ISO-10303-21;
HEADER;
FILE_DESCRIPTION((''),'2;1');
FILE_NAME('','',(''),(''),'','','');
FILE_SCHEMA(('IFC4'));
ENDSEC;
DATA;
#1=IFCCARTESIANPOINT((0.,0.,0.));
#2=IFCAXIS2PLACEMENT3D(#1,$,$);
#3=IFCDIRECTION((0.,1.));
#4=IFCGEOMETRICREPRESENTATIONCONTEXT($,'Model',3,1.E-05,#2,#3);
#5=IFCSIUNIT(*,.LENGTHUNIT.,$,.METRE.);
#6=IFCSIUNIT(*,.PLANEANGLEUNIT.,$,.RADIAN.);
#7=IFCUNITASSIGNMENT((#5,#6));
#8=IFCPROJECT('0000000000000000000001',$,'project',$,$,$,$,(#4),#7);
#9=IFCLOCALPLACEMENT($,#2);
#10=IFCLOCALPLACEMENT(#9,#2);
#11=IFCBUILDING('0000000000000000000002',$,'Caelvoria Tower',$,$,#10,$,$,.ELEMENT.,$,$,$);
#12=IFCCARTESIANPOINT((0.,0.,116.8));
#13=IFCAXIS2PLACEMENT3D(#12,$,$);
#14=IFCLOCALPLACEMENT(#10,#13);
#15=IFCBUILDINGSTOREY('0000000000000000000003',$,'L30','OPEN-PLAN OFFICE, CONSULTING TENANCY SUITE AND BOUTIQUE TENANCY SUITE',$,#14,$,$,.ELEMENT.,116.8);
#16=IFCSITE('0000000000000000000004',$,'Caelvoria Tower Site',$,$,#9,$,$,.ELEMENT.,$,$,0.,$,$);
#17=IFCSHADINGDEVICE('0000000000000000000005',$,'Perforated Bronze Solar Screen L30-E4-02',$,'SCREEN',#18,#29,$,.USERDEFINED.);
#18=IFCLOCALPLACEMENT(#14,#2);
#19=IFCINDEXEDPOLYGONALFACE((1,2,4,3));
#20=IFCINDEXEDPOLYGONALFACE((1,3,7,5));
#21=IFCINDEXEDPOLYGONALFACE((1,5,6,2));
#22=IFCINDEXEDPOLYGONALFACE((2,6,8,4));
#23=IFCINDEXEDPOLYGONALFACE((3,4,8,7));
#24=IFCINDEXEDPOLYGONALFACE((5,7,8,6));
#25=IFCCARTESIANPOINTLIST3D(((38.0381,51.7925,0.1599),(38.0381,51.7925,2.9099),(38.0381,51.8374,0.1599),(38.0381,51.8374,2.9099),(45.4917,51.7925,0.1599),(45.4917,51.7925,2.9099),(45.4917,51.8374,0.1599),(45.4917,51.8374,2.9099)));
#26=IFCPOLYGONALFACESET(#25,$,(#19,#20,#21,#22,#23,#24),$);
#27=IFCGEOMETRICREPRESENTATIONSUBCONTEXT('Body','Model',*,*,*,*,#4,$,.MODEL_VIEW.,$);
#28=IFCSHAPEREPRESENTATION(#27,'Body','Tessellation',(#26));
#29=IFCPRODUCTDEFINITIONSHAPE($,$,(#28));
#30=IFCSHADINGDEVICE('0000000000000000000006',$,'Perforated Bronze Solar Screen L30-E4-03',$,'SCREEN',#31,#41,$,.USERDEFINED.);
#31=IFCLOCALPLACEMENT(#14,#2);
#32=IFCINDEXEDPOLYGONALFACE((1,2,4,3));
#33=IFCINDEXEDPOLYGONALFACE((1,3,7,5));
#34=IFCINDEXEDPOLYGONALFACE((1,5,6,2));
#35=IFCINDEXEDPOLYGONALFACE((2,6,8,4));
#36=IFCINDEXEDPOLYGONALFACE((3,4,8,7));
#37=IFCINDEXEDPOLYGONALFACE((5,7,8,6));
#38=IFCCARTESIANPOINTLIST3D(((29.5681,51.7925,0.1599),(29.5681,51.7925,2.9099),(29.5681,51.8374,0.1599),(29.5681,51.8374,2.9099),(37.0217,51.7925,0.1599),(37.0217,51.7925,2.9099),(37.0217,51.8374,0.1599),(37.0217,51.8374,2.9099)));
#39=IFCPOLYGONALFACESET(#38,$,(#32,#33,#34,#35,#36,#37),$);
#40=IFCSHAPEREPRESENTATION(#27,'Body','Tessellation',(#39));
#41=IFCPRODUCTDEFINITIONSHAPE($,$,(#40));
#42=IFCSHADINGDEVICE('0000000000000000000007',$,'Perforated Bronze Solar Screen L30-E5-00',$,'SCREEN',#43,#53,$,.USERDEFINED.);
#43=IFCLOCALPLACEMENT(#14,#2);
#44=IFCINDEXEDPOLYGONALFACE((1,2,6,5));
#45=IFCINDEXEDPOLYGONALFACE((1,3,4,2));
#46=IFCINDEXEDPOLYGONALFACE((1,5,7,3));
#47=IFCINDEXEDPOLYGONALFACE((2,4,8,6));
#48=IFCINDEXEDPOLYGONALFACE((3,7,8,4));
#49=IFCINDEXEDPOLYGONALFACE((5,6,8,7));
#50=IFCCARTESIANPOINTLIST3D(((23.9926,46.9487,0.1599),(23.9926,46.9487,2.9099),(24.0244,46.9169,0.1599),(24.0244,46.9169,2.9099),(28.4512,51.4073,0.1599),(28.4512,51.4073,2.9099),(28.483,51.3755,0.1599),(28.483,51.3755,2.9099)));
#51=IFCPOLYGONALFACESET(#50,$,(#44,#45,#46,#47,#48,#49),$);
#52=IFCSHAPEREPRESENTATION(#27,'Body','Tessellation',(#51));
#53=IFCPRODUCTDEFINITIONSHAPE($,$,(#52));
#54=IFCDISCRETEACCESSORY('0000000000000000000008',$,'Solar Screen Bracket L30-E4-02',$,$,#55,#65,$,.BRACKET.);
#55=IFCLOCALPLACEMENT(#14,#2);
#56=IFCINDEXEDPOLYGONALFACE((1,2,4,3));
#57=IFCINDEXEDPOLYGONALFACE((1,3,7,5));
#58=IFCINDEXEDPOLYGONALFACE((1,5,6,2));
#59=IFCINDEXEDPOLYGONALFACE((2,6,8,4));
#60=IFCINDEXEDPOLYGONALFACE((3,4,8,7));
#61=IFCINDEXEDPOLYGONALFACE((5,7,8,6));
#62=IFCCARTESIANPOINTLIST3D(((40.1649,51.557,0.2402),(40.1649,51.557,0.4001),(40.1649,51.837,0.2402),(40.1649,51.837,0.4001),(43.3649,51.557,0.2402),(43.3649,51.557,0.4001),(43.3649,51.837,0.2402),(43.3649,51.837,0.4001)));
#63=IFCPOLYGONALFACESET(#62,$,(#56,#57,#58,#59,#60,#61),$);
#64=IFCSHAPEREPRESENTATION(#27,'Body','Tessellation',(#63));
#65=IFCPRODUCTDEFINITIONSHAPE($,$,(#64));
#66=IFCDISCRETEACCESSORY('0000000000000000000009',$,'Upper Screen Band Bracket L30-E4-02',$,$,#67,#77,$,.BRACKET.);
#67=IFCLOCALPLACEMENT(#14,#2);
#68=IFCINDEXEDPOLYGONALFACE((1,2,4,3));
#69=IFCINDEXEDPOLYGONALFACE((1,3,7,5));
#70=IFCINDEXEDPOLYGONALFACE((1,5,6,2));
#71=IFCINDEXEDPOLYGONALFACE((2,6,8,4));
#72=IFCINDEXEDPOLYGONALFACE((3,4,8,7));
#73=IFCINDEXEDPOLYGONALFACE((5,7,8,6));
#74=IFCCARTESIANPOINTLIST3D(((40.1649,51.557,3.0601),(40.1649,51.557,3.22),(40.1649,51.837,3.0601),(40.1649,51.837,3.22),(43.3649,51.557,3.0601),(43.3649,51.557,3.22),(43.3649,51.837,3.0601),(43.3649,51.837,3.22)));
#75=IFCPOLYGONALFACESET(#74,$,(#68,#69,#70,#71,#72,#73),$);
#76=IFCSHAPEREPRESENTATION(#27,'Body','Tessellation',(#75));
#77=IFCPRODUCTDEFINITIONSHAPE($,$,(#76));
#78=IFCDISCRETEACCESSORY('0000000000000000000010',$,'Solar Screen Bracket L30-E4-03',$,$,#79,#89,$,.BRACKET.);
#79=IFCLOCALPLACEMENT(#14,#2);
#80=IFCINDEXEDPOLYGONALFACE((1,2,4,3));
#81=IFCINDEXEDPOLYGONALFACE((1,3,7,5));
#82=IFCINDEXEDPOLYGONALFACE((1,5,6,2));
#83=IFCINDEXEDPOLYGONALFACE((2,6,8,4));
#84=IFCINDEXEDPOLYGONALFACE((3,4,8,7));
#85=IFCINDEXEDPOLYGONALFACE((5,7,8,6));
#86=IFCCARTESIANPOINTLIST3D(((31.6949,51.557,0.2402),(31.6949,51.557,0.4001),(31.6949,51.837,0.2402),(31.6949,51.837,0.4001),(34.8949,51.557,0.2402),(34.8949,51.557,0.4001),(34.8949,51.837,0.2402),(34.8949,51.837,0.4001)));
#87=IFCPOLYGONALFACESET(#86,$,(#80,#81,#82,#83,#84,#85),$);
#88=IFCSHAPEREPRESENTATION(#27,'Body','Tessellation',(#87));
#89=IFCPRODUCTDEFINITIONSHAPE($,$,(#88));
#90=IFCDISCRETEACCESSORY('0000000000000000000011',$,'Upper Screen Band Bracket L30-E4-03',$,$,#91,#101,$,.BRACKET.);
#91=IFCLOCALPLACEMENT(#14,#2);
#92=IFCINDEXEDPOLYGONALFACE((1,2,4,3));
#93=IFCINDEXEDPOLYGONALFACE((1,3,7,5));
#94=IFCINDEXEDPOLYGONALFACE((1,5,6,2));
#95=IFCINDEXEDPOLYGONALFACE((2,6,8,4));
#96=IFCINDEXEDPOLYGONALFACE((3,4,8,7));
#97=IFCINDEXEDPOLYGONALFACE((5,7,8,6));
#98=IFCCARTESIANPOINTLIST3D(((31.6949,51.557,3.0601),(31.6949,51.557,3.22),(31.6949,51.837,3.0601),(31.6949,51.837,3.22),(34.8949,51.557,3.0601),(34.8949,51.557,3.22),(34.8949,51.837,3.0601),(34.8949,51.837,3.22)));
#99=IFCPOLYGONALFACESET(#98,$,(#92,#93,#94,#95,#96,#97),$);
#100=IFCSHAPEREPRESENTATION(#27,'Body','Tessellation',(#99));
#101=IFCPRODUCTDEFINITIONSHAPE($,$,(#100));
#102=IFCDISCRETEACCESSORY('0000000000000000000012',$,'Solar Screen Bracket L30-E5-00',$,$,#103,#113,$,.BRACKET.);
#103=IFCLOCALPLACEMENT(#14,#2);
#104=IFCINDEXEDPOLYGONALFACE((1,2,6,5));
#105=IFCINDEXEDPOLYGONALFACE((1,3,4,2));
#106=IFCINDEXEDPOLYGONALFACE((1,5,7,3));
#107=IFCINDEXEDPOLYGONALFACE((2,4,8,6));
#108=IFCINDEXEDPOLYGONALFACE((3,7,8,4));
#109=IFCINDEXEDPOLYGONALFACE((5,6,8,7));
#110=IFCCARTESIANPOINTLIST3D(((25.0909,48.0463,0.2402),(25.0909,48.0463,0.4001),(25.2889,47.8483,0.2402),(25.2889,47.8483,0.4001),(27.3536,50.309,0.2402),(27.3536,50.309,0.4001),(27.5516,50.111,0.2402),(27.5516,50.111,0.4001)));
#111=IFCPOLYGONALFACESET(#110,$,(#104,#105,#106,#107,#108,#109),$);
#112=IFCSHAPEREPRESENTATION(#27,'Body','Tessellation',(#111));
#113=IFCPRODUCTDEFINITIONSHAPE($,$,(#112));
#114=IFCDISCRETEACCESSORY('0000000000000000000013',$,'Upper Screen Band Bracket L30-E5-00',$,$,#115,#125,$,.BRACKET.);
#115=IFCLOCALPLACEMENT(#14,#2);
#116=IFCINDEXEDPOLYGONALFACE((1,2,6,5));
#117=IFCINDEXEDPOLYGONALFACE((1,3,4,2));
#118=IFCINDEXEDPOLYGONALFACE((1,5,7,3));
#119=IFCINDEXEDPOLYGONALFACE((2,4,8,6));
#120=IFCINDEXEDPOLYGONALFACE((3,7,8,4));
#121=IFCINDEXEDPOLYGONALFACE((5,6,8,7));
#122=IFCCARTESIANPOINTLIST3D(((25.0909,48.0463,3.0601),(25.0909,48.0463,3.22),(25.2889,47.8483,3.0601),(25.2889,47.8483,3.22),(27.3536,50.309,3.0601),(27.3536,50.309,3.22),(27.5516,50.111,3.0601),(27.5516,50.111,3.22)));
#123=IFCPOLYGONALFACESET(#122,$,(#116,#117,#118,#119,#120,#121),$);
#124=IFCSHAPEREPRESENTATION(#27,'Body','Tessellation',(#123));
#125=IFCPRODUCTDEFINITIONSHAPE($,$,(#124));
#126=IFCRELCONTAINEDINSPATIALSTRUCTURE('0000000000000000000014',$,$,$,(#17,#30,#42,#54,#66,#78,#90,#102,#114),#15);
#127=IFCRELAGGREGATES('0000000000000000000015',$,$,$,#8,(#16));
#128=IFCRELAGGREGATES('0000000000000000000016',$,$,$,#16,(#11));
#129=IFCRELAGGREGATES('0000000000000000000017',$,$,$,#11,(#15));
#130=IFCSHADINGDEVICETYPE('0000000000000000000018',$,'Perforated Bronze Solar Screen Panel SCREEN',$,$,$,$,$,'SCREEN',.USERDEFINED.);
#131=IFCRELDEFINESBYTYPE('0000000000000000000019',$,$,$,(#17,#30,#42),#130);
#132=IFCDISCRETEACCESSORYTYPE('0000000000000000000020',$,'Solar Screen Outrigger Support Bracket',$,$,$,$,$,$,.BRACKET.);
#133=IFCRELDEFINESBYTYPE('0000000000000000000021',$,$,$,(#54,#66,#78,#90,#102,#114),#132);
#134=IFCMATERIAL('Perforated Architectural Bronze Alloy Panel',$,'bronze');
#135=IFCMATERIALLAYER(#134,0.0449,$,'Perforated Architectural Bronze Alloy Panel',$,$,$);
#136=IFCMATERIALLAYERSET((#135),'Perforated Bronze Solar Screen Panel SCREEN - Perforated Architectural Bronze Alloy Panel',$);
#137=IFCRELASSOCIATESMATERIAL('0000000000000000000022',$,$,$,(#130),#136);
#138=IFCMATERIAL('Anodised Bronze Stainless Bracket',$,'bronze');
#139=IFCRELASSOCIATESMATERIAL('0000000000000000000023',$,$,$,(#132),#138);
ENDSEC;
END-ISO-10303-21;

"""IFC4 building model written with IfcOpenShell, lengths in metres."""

from ifc_helpers import new_model, si_unit, direction, frame, origin, origin_2d, place, context, subcontext, project, spatial, rectangle, extrude, material, layer, layer_set, type_object, element, save


model = new_model("IFC4")

# Units and contexts
model_context = context("Model", 3, precision=1e-05, world=origin(), true_north=direction((0.0, 1.0)))
body_context = subcontext(model_context, "Body", "Model", "MODEL_VIEW")
ifc_project = project(units=[si_unit("LENGTHUNIT", "METRE"), si_unit("PLANEANGLEUNIT", "RADIAN")], contexts=[model_context])

# Site, building, storey
site_placement = place(None, origin())
site = spatial("IfcSite", under=ifc_project, at=site_placement, Name="Caelvoria Tower Site", CompositionType="ELEMENT", RefElevation=0.0)
building_placement = place(site_placement, origin())
building = spatial("IfcBuilding", under=site, at=building_placement, Name="Caelvoria Tower", CompositionType="ELEMENT")
storey_placement = place(building_placement, frame((0.0, 0.0, 116.8)))
storey = spatial("IfcBuildingStorey", under=building, at=storey_placement, Name="L30", Description="OPEN-PLAN OFFICE, CONSULTING TENANCY SUITE AND BOUTIQUE TENANCY SUITE", CompositionType="ELEMENT", Elevation=116.8)

# Shading devices
ifc_material_1 = material(Name="Perforated Architectural Bronze Alloy Panel", Category="bronze")
ifc_layer_1 = layer(ifc_material_1, 0.0449, Name="Perforated Architectural Bronze Alloy Panel")
ifc_layer_set_1 = layer_set([ifc_layer_1], Name="Perforated Bronze Solar Screen Panel SCREEN - Perforated Architectural Bronze Alloy Panel")
shading_device_type = type_object("IfcShadingDeviceType", Name="Perforated Bronze Solar Screen Panel SCREEN", ElementType="SCREEN", PredefinedType="USERDEFINED", material=ifc_layer_set_1)
for number, where, z_axis, x_axis, name in (
    (1, (41.7649, 51.8149, 0.1599), (0.0, 0.0, 1.0), (-1.0, 0.0, 0.0), "Perforated Bronze Solar Screen L30-E4-02"),
    (2, (33.2949, 51.8149, 0.1599), (0.0, 0.0, 1.0), (-1.0, 0.0, 0.0), "Perforated Bronze Solar Screen L30-E4-03"),
):
    element("IfcShadingDevice", number, at=place(storey_placement, frame(where, z_axis=z_axis, x_axis=x_axis)), inside=storey, type_object=shading_device_type, Name=name, ObjectType="SCREEN", PredefinedType="USERDEFINED", context=body_context, shape_type="SweptSolid", body=[
        extrude(rectangle(XDim=7.4536, YDim=0.0449, at=origin_2d()), origin(), (0.0, 0.0, 1.0), 2.75),
    ])
shading_device_placement = place(storey_placement, frame((26.2378, 49.1621, 0.1599), z_axis=(0.0, 0.0, 1.0), x_axis=(-0.707107, -0.707107, 0.0)))
element("IfcShadingDevice", 3, at=shading_device_placement, inside=storey, type_object=shading_device_type, Name="Perforated Bronze Solar Screen L30-E5-00", ObjectType="SCREEN", PredefinedType="USERDEFINED", context=body_context, shape_type="SweptSolid", body=[
    extrude(rectangle(XDim=6.3054, YDim=0.0449, at=origin_2d()), origin(), (0.0, 0.0, 1.0), 2.75),
])

# Discrete accessories
ifc_material_2 = material(Name="Anodised Bronze Stainless Bracket", Category="bronze")
discrete_accessory_type = type_object("IfcDiscreteAccessoryType", Name="Solar Screen Outrigger Support Bracket", PredefinedType="BRACKET", material=ifc_material_2)
for number, where, z_axis, x_axis, name in (
    (4, (41.7649, 51.697, 0.2402), (0.0, 0.0, 1.0), (-1.0, 0.0, 0.0), "Solar Screen Bracket L30-E4-02"),
    (5, (41.7649, 51.697, 3.0601), (0.0, 0.0, 1.0), (-1.0, 0.0, 0.0), "Upper Screen Band Bracket L30-E4-02"),
    (6, (33.2949, 51.697, 0.2402), (0.0, 0.0, 1.0), (-1.0, 0.0, 0.0), "Solar Screen Bracket L30-E4-03"),
    (7, (33.2949, 51.697, 3.0601), (0.0, 0.0, 1.0), (-1.0, 0.0, 0.0), "Upper Screen Band Bracket L30-E4-03"),
    (8, (26.3213, 49.0786, 0.2402), (0.0, 0.0, 1.0), (-0.707107, -0.707107, 0.0), "Solar Screen Bracket L30-E5-00"),
    (9, (26.3213, 49.0786, 3.0601), (0.0, 0.0, 1.0), (-0.707107, -0.707107, 0.0), "Upper Screen Band Bracket L30-E5-00"),
):
    element("IfcDiscreteAccessory", number, at=place(storey_placement, frame(where, z_axis=z_axis, x_axis=x_axis)), inside=storey, type_object=discrete_accessory_type, Name=name, PredefinedType="BRACKET", context=body_context, shape_type="SweptSolid", body=[
        extrude(rectangle(XDim=3.2, YDim=0.28, at=origin_2d()), origin(), (0.0, 0.0, 1.0), 0.1599),
    ])

save(model, "model.ifc")
